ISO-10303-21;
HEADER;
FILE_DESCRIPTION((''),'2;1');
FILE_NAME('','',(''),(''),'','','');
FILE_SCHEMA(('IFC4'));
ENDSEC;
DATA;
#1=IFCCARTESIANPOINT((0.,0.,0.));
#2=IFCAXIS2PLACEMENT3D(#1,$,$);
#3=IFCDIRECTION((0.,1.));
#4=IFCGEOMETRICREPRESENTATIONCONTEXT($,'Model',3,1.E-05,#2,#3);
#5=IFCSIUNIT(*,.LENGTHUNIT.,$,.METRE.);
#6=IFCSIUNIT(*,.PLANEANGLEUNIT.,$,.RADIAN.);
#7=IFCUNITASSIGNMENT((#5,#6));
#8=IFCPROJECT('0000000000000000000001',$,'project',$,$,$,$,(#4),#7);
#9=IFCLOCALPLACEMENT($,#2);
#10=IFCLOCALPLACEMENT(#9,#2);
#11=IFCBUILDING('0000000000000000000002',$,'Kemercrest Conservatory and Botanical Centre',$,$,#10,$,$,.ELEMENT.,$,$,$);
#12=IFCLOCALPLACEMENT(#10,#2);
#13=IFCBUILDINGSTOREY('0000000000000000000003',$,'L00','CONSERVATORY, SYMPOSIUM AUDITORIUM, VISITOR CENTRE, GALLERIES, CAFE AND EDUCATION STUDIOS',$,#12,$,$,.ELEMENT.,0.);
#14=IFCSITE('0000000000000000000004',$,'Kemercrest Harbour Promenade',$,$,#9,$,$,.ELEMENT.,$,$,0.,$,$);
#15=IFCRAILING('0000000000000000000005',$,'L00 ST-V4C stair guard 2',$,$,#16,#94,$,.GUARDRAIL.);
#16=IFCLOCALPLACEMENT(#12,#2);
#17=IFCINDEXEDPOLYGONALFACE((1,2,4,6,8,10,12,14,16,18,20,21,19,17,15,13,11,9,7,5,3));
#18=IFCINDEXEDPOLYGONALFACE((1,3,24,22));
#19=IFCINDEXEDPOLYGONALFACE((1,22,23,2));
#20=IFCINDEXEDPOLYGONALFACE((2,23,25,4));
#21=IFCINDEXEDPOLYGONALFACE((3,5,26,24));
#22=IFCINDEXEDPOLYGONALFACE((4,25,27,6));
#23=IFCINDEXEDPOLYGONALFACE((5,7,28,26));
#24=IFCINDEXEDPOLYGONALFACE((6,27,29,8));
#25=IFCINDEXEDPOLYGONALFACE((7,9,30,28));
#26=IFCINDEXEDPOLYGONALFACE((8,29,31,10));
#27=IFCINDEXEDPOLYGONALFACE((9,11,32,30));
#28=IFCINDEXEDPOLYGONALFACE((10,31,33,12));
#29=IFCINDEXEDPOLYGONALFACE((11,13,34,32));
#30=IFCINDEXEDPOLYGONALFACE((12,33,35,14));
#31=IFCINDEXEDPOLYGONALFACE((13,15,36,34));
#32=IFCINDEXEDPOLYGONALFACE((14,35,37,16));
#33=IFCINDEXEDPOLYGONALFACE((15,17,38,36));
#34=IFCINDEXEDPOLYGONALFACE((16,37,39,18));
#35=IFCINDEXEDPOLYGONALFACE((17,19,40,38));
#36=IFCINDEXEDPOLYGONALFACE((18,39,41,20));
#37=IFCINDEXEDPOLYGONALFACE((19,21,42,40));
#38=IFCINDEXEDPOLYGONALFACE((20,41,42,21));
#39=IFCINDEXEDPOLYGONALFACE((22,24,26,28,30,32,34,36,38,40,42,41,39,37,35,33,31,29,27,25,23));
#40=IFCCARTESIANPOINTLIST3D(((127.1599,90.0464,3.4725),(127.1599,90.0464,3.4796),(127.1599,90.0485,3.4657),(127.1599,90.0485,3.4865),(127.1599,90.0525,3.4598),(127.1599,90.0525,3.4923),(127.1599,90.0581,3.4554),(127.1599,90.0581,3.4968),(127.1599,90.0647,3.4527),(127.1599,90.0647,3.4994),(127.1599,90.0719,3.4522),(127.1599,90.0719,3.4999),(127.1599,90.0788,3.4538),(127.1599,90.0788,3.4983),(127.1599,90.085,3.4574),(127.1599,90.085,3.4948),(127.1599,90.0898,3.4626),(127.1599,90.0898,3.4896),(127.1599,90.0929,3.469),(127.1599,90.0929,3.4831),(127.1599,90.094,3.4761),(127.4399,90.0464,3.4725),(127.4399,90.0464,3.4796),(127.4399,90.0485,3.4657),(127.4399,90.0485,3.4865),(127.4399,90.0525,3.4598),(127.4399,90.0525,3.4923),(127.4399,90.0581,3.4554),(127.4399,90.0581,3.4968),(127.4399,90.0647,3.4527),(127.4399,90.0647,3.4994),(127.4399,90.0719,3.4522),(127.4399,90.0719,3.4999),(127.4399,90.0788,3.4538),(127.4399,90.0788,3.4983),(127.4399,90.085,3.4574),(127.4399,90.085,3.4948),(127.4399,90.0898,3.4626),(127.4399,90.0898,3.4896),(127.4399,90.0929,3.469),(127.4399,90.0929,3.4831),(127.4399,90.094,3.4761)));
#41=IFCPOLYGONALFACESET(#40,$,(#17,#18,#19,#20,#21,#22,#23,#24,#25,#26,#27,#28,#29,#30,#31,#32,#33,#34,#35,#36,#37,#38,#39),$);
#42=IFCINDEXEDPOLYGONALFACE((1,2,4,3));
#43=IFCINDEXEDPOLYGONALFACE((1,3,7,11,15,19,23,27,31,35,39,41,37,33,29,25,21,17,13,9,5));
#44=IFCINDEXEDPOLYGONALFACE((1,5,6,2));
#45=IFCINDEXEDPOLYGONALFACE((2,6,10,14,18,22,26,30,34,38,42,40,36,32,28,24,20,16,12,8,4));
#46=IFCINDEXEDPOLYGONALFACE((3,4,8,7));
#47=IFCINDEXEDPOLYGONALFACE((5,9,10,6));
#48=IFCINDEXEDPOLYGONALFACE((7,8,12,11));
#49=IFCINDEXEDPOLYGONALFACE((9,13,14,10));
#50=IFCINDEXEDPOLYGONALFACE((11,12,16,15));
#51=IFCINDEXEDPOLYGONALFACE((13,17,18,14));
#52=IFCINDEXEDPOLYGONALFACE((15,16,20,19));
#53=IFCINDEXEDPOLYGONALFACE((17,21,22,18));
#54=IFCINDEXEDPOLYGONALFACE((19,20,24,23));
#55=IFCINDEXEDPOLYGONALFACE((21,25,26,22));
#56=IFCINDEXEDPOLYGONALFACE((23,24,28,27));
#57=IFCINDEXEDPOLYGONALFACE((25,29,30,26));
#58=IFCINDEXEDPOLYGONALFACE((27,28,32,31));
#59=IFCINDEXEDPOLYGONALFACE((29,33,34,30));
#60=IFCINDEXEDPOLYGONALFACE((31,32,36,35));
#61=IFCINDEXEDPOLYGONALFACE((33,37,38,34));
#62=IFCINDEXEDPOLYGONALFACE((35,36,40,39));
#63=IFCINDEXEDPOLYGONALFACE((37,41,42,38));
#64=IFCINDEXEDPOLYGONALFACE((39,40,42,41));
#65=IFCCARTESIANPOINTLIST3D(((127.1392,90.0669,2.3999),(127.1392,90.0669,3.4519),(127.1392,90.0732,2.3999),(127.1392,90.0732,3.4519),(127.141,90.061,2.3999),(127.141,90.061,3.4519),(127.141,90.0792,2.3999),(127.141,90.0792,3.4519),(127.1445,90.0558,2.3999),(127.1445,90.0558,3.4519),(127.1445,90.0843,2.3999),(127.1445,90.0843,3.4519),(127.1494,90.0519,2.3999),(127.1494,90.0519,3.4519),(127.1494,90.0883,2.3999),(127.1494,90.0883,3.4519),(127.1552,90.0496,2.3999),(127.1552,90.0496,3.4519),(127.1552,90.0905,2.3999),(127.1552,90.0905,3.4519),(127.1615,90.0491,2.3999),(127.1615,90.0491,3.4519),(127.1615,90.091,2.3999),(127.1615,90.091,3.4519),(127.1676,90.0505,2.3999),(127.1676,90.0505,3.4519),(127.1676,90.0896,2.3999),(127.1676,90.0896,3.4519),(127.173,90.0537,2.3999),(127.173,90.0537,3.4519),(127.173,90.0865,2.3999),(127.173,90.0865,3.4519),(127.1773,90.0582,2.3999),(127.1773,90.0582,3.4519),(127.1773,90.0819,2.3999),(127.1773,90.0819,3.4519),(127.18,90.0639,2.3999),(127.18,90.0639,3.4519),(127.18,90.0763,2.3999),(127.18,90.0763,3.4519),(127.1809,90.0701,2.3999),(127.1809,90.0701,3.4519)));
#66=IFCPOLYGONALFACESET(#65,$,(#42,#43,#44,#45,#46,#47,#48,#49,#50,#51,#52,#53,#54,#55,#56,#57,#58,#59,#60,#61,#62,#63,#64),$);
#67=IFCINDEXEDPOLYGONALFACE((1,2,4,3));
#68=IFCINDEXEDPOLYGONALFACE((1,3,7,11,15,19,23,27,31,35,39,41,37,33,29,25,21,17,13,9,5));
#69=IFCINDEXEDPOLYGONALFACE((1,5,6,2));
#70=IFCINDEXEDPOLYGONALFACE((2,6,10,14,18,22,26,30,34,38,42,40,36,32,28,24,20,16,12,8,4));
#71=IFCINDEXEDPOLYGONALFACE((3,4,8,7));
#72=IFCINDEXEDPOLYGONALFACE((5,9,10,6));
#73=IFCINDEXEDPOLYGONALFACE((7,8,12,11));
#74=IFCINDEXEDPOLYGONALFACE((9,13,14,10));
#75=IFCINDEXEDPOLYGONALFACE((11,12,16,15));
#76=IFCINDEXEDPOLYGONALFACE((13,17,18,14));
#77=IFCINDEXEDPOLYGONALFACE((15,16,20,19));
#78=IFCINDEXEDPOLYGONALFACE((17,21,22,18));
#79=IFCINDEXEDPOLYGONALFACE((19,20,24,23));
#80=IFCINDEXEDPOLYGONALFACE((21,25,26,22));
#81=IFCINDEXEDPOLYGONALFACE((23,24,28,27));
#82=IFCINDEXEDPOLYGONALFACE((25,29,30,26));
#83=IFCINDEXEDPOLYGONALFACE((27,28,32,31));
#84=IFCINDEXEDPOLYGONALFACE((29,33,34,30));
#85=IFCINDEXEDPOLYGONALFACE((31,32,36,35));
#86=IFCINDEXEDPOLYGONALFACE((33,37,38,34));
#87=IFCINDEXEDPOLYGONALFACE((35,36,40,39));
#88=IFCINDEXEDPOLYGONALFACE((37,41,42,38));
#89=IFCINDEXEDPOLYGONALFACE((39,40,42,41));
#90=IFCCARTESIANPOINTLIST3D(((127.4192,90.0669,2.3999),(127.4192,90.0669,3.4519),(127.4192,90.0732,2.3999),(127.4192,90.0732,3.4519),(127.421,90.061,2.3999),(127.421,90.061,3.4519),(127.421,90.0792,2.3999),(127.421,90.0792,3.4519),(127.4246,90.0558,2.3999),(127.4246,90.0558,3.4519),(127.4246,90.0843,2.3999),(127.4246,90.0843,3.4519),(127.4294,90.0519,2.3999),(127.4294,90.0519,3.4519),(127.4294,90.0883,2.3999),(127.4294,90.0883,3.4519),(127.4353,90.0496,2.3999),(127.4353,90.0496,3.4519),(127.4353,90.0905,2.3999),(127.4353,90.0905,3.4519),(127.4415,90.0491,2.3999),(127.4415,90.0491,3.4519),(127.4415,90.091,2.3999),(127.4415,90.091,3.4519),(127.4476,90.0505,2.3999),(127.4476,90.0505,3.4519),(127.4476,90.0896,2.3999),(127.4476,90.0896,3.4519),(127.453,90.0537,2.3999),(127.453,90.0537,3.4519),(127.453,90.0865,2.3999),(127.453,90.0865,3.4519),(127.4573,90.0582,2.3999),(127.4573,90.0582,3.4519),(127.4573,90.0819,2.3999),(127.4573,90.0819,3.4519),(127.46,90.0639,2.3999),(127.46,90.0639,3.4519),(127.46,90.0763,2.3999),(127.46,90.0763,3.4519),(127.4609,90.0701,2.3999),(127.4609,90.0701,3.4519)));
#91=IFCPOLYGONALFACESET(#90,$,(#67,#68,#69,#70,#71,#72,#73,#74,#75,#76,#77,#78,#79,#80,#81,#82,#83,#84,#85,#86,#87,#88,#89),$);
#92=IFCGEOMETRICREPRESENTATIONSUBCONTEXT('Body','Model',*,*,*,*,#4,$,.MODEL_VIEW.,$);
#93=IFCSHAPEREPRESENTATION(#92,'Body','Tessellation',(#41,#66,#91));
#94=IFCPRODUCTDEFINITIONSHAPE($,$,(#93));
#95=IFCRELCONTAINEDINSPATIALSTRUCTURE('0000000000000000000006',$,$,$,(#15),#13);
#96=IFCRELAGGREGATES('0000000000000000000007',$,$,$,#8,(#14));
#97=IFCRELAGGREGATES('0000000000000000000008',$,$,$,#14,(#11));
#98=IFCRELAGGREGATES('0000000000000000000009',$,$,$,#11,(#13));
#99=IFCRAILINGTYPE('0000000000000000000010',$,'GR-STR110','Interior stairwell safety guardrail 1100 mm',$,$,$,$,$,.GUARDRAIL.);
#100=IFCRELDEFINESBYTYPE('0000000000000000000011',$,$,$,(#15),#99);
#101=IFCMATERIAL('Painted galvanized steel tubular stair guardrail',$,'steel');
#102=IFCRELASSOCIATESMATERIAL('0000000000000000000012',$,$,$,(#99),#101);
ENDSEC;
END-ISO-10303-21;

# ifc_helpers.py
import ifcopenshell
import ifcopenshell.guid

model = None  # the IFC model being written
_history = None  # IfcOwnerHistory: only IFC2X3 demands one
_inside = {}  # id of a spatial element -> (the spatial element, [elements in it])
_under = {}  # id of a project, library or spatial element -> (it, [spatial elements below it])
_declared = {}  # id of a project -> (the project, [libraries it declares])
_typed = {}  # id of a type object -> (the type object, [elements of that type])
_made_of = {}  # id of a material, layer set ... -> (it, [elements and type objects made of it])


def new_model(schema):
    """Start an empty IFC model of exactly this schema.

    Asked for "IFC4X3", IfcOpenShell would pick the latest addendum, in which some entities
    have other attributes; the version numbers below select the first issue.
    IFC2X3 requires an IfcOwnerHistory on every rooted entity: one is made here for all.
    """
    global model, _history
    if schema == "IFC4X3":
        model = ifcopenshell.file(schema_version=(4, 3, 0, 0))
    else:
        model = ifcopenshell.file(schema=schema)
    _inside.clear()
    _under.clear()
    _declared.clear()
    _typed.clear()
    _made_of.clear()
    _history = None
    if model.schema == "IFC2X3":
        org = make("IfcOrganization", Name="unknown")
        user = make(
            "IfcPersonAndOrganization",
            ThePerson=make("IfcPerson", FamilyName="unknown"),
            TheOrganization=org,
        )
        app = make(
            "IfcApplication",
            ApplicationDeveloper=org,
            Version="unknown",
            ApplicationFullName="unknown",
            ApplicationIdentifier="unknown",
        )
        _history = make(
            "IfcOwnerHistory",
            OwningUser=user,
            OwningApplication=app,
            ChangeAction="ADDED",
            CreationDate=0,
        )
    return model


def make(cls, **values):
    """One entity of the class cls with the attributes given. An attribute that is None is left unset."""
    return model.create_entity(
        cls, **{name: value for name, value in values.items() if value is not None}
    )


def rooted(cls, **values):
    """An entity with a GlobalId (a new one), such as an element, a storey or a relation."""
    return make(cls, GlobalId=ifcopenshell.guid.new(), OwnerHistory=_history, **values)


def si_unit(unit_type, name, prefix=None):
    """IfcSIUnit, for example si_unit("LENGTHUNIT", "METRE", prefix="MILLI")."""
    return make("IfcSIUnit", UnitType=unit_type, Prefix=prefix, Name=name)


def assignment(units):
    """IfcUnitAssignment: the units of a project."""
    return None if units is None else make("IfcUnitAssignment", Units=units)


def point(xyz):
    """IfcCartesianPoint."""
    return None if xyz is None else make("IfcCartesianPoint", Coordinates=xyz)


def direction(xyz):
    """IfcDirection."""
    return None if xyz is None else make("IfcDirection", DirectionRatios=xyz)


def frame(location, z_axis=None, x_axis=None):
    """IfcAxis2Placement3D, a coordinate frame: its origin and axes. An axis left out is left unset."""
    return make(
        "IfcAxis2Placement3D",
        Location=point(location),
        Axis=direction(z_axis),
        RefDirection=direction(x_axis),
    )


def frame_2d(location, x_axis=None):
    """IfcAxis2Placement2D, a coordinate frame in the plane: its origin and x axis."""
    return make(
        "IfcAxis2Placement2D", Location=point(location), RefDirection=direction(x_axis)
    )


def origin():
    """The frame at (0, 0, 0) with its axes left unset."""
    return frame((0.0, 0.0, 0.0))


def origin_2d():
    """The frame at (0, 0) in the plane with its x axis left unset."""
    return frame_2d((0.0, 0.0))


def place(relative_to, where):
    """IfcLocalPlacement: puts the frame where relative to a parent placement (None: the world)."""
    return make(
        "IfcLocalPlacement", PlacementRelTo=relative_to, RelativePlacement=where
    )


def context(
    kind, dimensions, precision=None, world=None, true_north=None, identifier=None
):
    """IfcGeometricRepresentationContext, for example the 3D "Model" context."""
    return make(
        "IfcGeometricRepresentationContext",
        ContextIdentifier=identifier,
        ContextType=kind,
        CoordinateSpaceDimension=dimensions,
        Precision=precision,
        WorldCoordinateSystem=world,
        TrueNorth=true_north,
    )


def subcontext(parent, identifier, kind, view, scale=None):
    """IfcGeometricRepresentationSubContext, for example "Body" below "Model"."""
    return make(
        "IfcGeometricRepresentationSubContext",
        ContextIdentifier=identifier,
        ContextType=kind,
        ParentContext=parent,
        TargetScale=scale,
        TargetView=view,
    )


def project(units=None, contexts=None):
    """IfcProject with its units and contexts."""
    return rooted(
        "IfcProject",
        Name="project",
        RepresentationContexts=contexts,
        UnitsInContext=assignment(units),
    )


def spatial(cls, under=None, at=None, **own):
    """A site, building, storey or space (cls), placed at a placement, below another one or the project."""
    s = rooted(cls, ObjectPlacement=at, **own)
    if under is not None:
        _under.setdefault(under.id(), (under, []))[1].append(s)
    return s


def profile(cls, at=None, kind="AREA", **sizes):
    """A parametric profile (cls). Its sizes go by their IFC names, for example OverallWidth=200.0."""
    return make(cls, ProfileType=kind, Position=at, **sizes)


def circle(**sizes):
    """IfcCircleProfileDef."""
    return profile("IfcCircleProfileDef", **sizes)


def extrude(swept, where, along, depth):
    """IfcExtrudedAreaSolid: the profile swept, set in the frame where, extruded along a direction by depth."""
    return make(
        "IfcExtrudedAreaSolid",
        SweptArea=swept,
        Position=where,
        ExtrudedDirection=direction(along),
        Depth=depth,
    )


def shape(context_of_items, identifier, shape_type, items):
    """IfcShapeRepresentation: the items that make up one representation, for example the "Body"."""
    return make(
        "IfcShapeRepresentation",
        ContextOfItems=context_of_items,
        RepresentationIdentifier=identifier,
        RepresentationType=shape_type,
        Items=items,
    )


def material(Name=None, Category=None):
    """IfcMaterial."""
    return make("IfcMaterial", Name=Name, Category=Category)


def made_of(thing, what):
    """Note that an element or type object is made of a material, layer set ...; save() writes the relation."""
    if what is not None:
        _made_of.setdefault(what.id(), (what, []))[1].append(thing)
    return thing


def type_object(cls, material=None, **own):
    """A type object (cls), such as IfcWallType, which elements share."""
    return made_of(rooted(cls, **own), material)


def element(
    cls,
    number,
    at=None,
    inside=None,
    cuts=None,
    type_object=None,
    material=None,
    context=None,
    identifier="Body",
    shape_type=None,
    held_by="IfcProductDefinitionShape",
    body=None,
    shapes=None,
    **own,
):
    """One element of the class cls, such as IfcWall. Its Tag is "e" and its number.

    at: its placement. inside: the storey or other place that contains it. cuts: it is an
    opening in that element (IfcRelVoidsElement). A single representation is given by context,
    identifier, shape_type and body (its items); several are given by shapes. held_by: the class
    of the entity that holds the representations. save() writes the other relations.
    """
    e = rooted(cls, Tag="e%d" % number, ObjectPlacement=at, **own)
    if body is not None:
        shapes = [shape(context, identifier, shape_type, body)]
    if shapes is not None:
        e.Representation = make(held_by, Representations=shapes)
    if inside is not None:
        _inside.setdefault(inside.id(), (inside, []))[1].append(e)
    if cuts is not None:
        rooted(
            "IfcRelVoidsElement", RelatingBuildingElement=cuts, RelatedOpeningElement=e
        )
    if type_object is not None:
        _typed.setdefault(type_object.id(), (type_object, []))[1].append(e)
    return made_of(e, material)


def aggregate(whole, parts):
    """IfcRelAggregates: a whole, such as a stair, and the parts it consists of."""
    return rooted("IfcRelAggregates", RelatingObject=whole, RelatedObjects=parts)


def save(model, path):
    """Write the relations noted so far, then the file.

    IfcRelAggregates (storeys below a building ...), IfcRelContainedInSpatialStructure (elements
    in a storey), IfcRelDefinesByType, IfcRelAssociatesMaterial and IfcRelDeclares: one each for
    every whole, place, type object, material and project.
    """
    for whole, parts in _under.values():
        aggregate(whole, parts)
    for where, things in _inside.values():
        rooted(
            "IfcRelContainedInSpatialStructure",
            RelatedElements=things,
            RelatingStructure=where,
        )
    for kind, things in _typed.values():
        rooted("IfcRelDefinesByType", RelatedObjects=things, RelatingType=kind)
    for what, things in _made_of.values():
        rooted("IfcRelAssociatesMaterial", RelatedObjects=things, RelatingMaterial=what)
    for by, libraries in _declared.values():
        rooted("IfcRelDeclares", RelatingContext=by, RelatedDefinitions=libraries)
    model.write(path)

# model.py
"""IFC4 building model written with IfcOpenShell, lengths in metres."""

from ifc_helpers import new_model, si_unit, direction, frame, origin, origin_2d, place, context, subcontext, project, spatial, circle, extrude, material, type_object, element, save


model = new_model("IFC4")

# Units and contexts
model_context = context("Model", 3, precision=1e-05, world=origin(), true_north=direction((0.0, 1.0)))
body_context = subcontext(model_context, "Body", "Model", "MODEL_VIEW")
ifc_project = project(units=[si_unit("LENGTHUNIT", "METRE"), si_unit("PLANEANGLEUNIT", "RADIAN")], contexts=[model_context])

# Site, building, storey
site_placement = place(None, origin())
site = spatial("IfcSite", under=ifc_project, at=site_placement, Name="Kemercrest Harbour Promenade", CompositionType="ELEMENT", RefElevation=0.0)
building_placement = place(site_placement, origin())
building = spatial("IfcBuilding", under=site, at=building_placement, Name="Kemercrest Conservatory and Botanical Centre", CompositionType="ELEMENT")
storey_placement = place(building_placement, origin())
storey = spatial("IfcBuildingStorey", under=building, at=storey_placement, Name="L00", Description="CONSERVATORY, SYMPOSIUM AUDITORIUM, VISITOR CENTRE, GALLERIES, CAFE AND EDUCATION STUDIOS", CompositionType="ELEMENT", Elevation=0.0)

# Railing
ifc_material_1 = material(Name="Painted galvanized steel tubular stair guardrail", Category="steel")
railing_type_1 = type_object("IfcRailingType", Name="GR-STR110", Description="Interior stairwell safety guardrail 1100 mm", PredefinedType="GUARDRAIL", material=ifc_material_1)
railing_1_placement = place(storey_placement, frame((127.1599, 90.0701, 2.3999)))
element("IfcRailing", 1, at=railing_1_placement, inside=storey, type_object=railing_type_1, Name="L00 ST-V4C stair guard 2", PredefinedType="GUARDRAIL", context=body_context, shape_type="SweptSolid", body=[
    extrude(circle(Radius=0.0239, at=origin_2d()), frame((0.0, 0.0, 1.0762), z_axis=(1.0, 0.0, 0.0), x_axis=(0.0, 1.0, 0.0)), (0.0, 0.0, 1.0), 0.28),
    extrude(circle(Radius=0.021, at=origin_2d()), origin(), (0.0, 0.0, 1.0), 1.052),
    extrude(circle(Radius=0.021, at=origin_2d()), frame((0.28, 0.0, 0.0)), (0.0, 0.0, 1.0), 1.052),
])

save(model, "model.ifc")
